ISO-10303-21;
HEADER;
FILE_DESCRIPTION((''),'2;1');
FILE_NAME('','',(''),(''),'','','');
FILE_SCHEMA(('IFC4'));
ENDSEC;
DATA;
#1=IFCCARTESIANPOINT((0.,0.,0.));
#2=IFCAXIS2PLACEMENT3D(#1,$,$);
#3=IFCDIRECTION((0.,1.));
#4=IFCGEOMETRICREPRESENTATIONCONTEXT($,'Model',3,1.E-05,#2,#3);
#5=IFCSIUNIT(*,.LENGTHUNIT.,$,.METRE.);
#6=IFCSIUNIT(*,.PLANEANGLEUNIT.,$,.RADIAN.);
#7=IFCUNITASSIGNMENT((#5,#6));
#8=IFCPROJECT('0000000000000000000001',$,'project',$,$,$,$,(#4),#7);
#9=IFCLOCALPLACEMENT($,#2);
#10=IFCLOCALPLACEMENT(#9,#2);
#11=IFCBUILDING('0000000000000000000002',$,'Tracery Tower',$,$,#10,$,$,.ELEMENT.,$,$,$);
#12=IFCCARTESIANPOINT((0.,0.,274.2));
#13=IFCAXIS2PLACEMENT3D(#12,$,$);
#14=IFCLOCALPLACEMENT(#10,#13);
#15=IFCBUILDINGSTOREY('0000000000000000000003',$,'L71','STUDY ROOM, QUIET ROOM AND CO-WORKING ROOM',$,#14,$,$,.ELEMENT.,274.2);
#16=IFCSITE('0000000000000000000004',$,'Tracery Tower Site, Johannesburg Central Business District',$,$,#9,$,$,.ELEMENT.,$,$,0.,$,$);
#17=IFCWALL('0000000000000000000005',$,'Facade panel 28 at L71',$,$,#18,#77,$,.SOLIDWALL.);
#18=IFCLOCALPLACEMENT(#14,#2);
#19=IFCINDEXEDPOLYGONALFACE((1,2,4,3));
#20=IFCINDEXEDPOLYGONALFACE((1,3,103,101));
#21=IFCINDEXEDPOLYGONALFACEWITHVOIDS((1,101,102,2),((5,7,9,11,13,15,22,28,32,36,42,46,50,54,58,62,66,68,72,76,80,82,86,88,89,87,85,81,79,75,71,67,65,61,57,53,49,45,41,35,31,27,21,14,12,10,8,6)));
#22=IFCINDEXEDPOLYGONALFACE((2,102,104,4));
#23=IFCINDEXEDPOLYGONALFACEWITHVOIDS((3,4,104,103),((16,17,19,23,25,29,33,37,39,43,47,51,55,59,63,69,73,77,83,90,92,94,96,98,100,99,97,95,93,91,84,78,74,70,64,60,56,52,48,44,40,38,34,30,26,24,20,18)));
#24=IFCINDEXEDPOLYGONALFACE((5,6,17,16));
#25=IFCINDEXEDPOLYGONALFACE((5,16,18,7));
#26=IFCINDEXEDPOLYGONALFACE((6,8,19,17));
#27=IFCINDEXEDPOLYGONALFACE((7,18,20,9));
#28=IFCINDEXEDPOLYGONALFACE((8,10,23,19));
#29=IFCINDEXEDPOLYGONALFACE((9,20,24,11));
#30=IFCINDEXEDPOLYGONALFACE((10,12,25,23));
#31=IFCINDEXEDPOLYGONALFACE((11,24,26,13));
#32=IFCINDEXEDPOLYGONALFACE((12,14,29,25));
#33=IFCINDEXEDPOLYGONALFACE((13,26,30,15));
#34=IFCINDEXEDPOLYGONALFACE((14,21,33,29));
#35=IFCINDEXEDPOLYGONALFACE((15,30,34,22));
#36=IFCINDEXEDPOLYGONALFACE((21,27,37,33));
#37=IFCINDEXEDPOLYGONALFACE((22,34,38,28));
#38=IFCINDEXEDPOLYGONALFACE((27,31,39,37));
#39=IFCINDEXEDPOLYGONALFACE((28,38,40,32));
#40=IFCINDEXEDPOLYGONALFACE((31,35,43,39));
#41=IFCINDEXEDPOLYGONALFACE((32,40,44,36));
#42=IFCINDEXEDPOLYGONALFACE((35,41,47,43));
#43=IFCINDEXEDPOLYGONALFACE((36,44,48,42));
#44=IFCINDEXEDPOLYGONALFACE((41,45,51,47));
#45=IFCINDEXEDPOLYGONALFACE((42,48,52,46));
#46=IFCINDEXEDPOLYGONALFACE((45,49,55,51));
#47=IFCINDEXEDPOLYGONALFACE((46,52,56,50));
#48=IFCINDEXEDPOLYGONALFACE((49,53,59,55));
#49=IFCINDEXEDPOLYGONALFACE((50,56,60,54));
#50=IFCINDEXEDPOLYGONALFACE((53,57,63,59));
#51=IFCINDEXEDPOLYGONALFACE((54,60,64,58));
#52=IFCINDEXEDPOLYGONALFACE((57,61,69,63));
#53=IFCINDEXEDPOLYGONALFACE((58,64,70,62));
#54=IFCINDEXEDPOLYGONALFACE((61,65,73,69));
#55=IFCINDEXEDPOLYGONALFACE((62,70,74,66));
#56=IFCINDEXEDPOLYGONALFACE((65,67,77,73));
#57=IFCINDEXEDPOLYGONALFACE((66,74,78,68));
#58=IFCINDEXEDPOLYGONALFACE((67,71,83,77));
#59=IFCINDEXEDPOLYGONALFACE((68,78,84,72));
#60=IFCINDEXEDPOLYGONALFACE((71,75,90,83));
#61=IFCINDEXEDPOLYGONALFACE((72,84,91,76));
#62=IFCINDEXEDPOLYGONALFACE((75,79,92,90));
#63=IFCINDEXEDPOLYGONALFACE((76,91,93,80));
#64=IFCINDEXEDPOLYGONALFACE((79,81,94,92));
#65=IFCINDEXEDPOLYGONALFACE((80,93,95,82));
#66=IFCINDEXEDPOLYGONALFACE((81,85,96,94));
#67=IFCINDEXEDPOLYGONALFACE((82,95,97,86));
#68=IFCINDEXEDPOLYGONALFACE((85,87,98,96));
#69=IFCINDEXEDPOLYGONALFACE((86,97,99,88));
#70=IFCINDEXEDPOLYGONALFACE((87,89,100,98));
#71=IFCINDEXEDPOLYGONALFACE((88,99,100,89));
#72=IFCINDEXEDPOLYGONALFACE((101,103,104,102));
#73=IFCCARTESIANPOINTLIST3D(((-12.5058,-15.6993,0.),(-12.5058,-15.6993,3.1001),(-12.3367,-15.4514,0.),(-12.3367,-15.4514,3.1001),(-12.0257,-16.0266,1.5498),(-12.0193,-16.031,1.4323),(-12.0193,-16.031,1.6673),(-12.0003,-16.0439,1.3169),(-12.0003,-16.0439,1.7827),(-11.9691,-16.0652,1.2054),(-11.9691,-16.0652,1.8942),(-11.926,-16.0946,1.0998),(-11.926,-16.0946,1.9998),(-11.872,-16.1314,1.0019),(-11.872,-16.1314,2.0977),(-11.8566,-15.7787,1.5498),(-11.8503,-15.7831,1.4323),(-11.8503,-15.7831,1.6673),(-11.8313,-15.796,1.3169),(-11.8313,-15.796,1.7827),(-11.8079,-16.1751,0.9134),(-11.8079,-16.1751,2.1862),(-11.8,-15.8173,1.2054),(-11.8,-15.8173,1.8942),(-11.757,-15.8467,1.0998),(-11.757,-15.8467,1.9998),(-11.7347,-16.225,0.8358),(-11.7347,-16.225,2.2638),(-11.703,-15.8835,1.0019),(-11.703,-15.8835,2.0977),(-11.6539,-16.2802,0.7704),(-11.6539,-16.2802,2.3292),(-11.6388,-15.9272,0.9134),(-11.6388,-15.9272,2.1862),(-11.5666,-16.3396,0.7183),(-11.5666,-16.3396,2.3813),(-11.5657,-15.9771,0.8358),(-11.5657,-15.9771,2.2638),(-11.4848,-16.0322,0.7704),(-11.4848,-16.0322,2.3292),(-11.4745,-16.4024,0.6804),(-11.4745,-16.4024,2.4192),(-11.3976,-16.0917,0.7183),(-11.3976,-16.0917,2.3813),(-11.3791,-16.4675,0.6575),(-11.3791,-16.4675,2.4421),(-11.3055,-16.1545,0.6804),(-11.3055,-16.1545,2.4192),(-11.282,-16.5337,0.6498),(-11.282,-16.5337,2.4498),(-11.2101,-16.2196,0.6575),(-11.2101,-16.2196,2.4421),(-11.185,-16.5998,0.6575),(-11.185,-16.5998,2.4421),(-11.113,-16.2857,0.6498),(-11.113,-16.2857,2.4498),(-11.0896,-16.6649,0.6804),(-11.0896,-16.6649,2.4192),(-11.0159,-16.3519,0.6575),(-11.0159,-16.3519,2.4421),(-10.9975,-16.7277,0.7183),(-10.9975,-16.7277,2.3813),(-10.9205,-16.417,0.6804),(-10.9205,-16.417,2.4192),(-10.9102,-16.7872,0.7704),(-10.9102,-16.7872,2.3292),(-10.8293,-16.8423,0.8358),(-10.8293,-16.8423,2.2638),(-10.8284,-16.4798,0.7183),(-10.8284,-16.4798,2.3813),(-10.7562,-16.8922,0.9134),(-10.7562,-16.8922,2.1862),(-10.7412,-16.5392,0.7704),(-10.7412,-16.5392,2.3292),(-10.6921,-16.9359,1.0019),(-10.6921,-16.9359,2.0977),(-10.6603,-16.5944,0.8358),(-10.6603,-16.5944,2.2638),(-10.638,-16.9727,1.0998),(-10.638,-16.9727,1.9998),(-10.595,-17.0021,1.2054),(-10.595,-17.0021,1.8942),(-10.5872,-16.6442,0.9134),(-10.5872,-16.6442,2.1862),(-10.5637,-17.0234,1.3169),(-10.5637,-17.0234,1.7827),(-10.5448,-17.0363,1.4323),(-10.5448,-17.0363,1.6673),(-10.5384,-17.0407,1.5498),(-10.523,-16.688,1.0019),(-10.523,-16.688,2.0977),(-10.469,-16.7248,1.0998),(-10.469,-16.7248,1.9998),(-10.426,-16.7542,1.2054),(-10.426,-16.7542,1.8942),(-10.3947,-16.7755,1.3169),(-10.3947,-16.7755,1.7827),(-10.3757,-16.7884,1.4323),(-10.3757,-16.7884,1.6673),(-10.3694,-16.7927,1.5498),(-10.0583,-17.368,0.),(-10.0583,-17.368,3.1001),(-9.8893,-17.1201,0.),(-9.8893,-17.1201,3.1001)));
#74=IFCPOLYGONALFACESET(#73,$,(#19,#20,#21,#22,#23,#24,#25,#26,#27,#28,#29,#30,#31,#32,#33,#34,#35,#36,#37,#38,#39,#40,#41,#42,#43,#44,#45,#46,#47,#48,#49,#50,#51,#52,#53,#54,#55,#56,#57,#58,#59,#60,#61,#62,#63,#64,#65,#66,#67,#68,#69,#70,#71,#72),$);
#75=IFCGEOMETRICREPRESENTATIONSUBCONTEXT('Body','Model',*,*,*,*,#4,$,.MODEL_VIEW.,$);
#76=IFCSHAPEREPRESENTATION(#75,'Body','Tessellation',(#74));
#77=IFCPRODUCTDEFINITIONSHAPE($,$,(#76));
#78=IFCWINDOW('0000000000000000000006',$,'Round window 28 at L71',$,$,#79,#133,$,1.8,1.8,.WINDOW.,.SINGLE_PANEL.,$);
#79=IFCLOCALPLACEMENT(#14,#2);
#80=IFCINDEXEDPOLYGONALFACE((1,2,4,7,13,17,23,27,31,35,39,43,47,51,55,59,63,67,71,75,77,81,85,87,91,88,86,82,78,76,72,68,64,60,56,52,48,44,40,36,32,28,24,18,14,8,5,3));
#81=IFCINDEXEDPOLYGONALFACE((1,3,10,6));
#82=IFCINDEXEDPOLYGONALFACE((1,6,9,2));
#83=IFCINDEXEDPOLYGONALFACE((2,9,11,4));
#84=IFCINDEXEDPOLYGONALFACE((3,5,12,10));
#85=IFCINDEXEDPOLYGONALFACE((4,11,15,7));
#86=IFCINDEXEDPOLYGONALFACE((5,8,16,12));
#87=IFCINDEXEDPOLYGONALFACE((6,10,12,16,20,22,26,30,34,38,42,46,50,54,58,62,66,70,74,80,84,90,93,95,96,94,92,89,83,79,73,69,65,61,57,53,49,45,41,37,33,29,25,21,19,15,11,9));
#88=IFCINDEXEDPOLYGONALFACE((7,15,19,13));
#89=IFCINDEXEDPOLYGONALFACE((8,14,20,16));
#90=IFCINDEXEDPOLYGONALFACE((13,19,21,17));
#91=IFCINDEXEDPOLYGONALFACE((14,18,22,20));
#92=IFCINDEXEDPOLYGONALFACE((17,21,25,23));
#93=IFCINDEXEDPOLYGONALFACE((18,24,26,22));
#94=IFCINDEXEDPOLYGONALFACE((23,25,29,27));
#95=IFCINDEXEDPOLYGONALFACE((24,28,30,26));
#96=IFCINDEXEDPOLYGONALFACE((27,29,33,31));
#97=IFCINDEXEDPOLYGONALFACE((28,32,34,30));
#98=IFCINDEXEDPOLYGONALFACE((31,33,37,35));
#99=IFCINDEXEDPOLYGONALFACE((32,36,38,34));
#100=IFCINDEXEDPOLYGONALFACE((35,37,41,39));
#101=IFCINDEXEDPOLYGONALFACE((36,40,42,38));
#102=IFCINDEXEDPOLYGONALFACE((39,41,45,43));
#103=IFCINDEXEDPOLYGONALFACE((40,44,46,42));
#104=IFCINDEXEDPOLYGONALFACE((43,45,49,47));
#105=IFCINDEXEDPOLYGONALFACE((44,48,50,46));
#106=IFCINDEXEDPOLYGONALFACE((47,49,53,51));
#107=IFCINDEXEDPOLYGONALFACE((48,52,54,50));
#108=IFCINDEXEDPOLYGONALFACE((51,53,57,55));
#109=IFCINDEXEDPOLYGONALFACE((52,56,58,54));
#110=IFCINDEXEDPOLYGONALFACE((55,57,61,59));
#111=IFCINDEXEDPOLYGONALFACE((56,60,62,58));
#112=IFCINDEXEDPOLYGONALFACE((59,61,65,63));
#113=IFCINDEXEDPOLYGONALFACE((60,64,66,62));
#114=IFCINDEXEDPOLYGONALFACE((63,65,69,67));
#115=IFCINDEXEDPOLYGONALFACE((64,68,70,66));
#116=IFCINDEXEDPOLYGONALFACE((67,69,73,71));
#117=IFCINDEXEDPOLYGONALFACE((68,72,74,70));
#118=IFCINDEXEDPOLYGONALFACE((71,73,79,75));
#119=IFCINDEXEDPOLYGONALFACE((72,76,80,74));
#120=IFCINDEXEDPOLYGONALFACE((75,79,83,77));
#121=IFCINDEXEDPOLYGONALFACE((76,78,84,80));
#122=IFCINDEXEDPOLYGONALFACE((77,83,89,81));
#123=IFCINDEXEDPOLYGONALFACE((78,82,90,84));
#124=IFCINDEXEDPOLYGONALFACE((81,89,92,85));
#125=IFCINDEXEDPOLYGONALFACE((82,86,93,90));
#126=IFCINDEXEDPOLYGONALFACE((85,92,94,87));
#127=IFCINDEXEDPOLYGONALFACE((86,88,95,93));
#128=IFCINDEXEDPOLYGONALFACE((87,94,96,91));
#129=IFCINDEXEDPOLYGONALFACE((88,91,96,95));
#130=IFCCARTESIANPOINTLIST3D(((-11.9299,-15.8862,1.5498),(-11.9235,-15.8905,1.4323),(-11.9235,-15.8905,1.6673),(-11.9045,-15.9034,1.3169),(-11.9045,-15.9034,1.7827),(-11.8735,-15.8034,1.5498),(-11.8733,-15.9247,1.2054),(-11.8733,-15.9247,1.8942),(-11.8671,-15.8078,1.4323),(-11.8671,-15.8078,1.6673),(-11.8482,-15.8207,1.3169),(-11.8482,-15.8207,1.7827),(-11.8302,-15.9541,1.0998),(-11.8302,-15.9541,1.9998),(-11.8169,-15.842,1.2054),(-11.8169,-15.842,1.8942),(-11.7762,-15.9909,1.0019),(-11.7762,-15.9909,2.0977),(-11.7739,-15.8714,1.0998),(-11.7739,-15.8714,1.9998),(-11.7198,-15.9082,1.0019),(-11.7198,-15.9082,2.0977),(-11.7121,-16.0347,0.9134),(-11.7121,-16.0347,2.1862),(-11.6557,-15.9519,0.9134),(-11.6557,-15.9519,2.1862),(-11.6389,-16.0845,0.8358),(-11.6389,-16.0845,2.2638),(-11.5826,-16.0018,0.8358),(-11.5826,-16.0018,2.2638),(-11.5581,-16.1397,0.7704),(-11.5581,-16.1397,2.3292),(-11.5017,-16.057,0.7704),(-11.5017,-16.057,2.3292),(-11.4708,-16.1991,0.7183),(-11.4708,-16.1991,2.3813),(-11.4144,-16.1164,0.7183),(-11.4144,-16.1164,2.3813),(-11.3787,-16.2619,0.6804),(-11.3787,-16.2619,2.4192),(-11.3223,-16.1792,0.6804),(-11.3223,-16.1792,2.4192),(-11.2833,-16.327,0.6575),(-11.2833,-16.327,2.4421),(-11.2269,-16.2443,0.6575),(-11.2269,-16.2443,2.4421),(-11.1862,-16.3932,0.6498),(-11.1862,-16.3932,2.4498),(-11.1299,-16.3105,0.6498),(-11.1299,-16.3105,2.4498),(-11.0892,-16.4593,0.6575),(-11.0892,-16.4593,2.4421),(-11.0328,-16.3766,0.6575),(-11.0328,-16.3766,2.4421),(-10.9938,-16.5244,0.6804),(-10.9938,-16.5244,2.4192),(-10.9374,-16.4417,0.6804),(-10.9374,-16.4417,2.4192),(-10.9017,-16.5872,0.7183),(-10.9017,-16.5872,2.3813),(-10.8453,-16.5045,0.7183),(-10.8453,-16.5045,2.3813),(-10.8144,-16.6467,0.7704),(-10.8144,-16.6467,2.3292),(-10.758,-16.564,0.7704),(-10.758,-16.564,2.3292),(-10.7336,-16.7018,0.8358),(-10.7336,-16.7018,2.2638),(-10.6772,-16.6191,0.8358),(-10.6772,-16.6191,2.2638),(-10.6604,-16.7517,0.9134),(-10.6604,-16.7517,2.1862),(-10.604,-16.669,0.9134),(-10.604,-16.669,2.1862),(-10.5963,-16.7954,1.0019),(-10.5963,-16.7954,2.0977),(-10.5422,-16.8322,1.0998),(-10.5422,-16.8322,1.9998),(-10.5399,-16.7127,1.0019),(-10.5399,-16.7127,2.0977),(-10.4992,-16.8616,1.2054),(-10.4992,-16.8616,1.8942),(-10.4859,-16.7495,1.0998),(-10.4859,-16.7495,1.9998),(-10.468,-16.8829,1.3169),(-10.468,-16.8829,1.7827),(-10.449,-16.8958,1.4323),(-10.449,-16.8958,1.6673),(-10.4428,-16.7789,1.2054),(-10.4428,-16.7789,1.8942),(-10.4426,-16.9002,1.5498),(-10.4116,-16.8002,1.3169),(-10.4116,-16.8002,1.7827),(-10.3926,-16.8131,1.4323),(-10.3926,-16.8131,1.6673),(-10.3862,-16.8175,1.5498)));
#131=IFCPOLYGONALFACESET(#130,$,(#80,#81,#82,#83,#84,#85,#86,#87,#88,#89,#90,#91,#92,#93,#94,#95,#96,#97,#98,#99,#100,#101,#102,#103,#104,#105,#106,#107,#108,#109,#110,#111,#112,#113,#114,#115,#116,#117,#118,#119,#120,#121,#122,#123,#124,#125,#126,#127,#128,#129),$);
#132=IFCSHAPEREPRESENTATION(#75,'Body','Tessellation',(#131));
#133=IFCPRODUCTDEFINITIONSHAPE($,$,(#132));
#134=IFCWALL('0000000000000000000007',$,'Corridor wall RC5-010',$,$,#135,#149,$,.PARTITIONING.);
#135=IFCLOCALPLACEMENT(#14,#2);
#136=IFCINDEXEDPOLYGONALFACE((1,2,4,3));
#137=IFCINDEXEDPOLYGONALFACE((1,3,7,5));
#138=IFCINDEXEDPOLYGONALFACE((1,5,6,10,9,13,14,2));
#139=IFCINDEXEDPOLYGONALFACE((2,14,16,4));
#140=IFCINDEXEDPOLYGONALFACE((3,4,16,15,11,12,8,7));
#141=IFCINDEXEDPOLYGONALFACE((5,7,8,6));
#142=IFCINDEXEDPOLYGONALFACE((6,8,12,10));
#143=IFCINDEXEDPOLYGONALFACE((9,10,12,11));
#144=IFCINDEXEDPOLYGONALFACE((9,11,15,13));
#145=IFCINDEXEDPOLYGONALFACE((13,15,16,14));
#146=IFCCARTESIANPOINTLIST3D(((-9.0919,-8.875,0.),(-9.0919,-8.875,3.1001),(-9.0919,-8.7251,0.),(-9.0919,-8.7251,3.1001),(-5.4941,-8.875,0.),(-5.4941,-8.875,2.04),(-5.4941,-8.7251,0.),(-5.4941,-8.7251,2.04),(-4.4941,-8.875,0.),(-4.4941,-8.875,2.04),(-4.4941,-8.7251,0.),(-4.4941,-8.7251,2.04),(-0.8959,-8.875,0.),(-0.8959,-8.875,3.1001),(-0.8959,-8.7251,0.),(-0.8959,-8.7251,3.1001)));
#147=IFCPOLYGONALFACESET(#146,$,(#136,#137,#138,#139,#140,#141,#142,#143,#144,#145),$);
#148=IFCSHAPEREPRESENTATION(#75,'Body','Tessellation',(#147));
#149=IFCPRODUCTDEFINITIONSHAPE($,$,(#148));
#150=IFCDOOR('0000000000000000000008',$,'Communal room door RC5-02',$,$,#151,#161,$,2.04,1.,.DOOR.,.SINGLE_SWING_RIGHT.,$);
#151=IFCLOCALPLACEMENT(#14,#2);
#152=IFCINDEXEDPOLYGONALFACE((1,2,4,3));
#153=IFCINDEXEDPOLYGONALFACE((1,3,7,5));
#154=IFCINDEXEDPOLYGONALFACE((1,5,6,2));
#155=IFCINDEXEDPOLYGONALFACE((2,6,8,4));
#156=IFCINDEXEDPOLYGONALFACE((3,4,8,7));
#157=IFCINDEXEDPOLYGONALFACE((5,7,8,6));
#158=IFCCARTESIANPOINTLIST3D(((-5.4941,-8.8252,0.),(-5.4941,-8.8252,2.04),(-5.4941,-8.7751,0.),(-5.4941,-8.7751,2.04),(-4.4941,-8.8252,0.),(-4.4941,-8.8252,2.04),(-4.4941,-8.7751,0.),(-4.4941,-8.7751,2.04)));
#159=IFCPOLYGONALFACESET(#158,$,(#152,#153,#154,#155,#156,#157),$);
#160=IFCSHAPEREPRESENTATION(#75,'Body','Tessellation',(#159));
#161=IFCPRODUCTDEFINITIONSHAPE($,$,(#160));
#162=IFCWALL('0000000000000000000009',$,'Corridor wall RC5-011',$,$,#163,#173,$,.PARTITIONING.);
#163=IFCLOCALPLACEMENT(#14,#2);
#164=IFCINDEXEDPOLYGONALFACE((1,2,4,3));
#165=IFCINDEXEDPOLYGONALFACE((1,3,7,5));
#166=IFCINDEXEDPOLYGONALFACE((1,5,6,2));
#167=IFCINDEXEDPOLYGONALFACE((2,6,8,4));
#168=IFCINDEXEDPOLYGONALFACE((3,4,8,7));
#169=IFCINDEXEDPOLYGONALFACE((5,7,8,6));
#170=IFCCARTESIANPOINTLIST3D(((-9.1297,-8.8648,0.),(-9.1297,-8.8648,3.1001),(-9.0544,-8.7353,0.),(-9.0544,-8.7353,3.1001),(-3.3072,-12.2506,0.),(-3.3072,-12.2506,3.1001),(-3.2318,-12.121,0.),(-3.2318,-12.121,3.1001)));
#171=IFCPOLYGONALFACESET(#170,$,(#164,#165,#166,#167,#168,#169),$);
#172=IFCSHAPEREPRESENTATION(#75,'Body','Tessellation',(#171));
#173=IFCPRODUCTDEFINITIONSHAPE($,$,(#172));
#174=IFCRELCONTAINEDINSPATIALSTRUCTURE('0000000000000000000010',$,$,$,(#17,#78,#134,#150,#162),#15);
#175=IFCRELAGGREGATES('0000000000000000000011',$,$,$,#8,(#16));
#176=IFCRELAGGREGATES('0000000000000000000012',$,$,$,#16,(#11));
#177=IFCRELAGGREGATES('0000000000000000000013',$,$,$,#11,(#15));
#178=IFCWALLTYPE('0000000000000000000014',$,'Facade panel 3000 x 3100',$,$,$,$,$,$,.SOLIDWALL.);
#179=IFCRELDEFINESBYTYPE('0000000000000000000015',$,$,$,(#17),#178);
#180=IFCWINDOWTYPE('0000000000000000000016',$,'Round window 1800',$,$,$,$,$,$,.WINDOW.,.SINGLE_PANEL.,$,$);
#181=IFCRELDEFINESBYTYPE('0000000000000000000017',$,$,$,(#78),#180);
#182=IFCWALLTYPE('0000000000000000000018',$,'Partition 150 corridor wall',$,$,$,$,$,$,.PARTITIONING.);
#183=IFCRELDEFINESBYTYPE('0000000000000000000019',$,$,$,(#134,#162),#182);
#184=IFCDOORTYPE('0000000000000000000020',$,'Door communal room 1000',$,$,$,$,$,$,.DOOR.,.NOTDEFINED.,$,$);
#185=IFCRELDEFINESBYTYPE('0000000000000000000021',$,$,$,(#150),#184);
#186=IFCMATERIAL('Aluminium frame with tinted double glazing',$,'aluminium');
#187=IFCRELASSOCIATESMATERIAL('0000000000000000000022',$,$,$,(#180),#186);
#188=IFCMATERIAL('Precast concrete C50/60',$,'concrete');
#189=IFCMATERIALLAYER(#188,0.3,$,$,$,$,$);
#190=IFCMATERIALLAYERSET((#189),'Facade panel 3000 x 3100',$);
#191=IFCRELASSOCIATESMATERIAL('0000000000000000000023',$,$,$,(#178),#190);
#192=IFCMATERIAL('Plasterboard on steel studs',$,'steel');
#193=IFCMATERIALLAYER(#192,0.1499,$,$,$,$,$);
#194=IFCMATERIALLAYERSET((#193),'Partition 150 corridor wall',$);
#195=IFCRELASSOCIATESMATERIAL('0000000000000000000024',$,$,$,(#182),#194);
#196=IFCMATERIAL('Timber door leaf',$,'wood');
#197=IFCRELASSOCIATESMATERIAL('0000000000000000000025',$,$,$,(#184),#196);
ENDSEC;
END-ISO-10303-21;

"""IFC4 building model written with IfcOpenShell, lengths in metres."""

from ifc_helpers import new_model, si_unit, direction, frame, frame_2d, origin, origin_2d, place, context, subcontext, project, spatial, rectangle, circle, extrude, material, layer, layer_set, type_object, element, fill, save


model = new_model("IFC4")

# Units and contexts
model_context = context("Model", 3, precision=1e-05, world=origin(), true_north=direction((0.0, 1.0)))
body_context = subcontext(model_context, "Body", "Model", "MODEL_VIEW")
ifc_project = project(units=[si_unit("LENGTHUNIT", "METRE"), si_unit("PLANEANGLEUNIT", "RADIAN")], contexts=[model_context])

# Site, building, storey
site_placement = place(None, origin())
site = spatial("IfcSite", under=ifc_project, at=site_placement, Name="Tracery Tower Site, Johannesburg Central Business District", CompositionType="ELEMENT", RefElevation=0.0)
building_placement = place(site_placement, origin())
building = spatial("IfcBuilding", under=site, at=building_placement, Name="Tracery Tower", CompositionType="ELEMENT")
storey_placement = place(building_placement, frame((0.0, 0.0, 274.2)))
storey = spatial("IfcBuildingStorey", under=building, at=storey_placement, Name="L71", Description="STUDY ROOM, QUIET ROOM AND CO-WORKING ROOM", CompositionType="ELEMENT", Elevation=274.2)

# Wall, opening, window
ifc_material_1 = material(Name="Aluminium frame with tinted double glazing", Category="aluminium")
window_type = type_object("IfcWindowType", Name="Round window 1800", PartitioningType="SINGLE_PANEL", PredefinedType="WINDOW", material=ifc_material_1)
ifc_material_2 = material(Name="Precast concrete C50/60", Category="concrete")
ifc_layer_1 = layer(ifc_material_2, 0.3)
ifc_layer_set_1 = layer_set([ifc_layer_1], Name="Facade panel 3000 x 3100")
wall_type_1 = type_object("IfcWallType", Name="Facade panel 3000 x 3100", PredefinedType="SOLIDWALL", material=ifc_layer_set_1)
wall_1_placement = place(storey_placement, frame((-12.4211, -15.5754, 0.0), z_axis=(0.0, 0.0, 1.0), x_axis=(0.826236, -0.563324, 0.0)))
wall_1 = element("IfcWall", 1, at=wall_1_placement, inside=storey, type_object=wall_type_1, Name="Facade panel 28 at L71", PredefinedType="SOLIDWALL", context=body_context, shape_type="SweptSolid", body=[
    extrude(rectangle(XDim=2.9622, YDim=0.3, at=frame_2d((1.481, 0.0))), origin(), (0.0, 0.0, 1.0), 3.1001),
])
opening_1_placement = place(wall_1_placement, frame((1.481, 0.0, 1.5498)))
opening_1 = element("IfcOpeningElement", 2, at=opening_1_placement, cuts=wall_1, PredefinedType="OPENING", context=body_context, shape_type="SweptSolid", body=[
    extrude(circle(Radius=0.9, at=origin_2d()), frame((0.0, 0.1599, 0.0), z_axis=(0.0, -1.0, 0.0), x_axis=(1.0, 0.0, 0.0)), (0.0, 0.0, 1.0), 0.3201),
])
window_1_placement = place(opening_1_placement, origin())
window_1 = element("IfcWindow", 3, at=window_1_placement, inside=storey, type_object=window_type, Name="Round window 28 at L71", OverallHeight=1.8, OverallWidth=1.8, PartitioningType="SINGLE_PANEL", PredefinedType="WINDOW", context=body_context, shape_type="SweptSolid", body=[
    extrude(circle(Radius=0.9, at=origin_2d()), frame((0.0, 0.1201, 0.0), z_axis=(0.0, -1.0, 0.0), x_axis=(1.0, 0.0, 0.0)), (0.0, 0.0, 1.0), 0.1001),
])
fill(opening_1, window_1)

# Wall, opening, door
ifc_material_3 = material(Name="Plasterboard on steel studs", Category="steel")
ifc_layer_2 = layer(ifc_material_3, 0.1499)
ifc_layer_set_2 = layer_set([ifc_layer_2], Name="Partition 150 corridor wall")
wall_type_2 = type_object("IfcWallType", Name="Partition 150 corridor wall", PredefinedType="PARTITIONING", material=ifc_layer_set_2)
wall_2_placement = place(storey_placement, frame((-9.092, -8.8, 0.0), z_axis=(0.0, 0.0, 1.0), x_axis=(1.0, 0.0, 0.0)))
wall_2 = element("IfcWall", 4, at=wall_2_placement, inside=storey, type_object=wall_type_2, Name="Corridor wall RC5-010", PredefinedType="PARTITIONING", context=body_context, shape_type="SweptSolid", body=[
    extrude(rectangle(XDim=8.196, YDim=0.1499, at=frame_2d((4.0981, 0.0))), origin(), (0.0, 0.0, 1.0), 3.1001),
])
opening_2_placement = place(wall_2_placement, frame((3.5979, 0.0, 0.0)))
opening_2 = element("IfcOpeningElement", 5, at=opening_2_placement, cuts=wall_2, PredefinedType="OPENING", context=body_context, shape_type="SweptSolid", body=[
    extrude(rectangle(XDim=1.0, YDim=2.04, at=frame_2d((0.5, 1.02))), frame((0.0, 0.075, 0.0), z_axis=(0.0, -1.0, 0.0), x_axis=(1.0, 0.0, 0.0)), (0.0, 0.0, 1.0), 0.1499),
])
ifc_material_4 = material(Name="Timber door leaf", Category="wood")
door_type = type_object("IfcDoorType", Name="Door communal room 1000", OperationType="NOTDEFINED", PredefinedType="DOOR", material=ifc_material_4)
door_1_placement = place(opening_2_placement, origin())
door_1 = element("IfcDoor", 6, at=door_1_placement, inside=storey, type_object=door_type, Name="Communal room door RC5-02", OperationType="SINGLE_SWING_RIGHT", OverallHeight=2.04, OverallWidth=1.0, PredefinedType="DOOR", context=body_context, shape_type="SweptSolid", body=[
    extrude(rectangle(XDim=1.0, YDim=2.04, at=frame_2d((0.5, 1.02))), frame((0.0, 0.0249, 0.0), z_axis=(0.0, -1.0, 0.0), x_axis=(1.0, 0.0, 0.0)), (0.0, 0.0, 1.0), 0.05),
])
fill(opening_2, door_1)

# Wall
wall_3_placement = place(storey_placement, frame((-9.092, -8.8, 0.0), z_axis=(0.0, 0.0, 1.0), x_axis=(0.864471, -0.502683, 0.0)))
element("IfcWall", 7, at=wall_3_placement, inside=storey, type_object=wall_type_2, Name="Corridor wall RC5-011", PredefinedType="PARTITIONING", context=body_context, shape_type="SweptSolid", body=[
    extrude(rectangle(XDim=6.7354, YDim=0.1499, at=frame_2d((3.3677, 0.0))), origin(), (0.0, 0.0, 1.0), 3.1001),
])

save(model, "model.ifc")
